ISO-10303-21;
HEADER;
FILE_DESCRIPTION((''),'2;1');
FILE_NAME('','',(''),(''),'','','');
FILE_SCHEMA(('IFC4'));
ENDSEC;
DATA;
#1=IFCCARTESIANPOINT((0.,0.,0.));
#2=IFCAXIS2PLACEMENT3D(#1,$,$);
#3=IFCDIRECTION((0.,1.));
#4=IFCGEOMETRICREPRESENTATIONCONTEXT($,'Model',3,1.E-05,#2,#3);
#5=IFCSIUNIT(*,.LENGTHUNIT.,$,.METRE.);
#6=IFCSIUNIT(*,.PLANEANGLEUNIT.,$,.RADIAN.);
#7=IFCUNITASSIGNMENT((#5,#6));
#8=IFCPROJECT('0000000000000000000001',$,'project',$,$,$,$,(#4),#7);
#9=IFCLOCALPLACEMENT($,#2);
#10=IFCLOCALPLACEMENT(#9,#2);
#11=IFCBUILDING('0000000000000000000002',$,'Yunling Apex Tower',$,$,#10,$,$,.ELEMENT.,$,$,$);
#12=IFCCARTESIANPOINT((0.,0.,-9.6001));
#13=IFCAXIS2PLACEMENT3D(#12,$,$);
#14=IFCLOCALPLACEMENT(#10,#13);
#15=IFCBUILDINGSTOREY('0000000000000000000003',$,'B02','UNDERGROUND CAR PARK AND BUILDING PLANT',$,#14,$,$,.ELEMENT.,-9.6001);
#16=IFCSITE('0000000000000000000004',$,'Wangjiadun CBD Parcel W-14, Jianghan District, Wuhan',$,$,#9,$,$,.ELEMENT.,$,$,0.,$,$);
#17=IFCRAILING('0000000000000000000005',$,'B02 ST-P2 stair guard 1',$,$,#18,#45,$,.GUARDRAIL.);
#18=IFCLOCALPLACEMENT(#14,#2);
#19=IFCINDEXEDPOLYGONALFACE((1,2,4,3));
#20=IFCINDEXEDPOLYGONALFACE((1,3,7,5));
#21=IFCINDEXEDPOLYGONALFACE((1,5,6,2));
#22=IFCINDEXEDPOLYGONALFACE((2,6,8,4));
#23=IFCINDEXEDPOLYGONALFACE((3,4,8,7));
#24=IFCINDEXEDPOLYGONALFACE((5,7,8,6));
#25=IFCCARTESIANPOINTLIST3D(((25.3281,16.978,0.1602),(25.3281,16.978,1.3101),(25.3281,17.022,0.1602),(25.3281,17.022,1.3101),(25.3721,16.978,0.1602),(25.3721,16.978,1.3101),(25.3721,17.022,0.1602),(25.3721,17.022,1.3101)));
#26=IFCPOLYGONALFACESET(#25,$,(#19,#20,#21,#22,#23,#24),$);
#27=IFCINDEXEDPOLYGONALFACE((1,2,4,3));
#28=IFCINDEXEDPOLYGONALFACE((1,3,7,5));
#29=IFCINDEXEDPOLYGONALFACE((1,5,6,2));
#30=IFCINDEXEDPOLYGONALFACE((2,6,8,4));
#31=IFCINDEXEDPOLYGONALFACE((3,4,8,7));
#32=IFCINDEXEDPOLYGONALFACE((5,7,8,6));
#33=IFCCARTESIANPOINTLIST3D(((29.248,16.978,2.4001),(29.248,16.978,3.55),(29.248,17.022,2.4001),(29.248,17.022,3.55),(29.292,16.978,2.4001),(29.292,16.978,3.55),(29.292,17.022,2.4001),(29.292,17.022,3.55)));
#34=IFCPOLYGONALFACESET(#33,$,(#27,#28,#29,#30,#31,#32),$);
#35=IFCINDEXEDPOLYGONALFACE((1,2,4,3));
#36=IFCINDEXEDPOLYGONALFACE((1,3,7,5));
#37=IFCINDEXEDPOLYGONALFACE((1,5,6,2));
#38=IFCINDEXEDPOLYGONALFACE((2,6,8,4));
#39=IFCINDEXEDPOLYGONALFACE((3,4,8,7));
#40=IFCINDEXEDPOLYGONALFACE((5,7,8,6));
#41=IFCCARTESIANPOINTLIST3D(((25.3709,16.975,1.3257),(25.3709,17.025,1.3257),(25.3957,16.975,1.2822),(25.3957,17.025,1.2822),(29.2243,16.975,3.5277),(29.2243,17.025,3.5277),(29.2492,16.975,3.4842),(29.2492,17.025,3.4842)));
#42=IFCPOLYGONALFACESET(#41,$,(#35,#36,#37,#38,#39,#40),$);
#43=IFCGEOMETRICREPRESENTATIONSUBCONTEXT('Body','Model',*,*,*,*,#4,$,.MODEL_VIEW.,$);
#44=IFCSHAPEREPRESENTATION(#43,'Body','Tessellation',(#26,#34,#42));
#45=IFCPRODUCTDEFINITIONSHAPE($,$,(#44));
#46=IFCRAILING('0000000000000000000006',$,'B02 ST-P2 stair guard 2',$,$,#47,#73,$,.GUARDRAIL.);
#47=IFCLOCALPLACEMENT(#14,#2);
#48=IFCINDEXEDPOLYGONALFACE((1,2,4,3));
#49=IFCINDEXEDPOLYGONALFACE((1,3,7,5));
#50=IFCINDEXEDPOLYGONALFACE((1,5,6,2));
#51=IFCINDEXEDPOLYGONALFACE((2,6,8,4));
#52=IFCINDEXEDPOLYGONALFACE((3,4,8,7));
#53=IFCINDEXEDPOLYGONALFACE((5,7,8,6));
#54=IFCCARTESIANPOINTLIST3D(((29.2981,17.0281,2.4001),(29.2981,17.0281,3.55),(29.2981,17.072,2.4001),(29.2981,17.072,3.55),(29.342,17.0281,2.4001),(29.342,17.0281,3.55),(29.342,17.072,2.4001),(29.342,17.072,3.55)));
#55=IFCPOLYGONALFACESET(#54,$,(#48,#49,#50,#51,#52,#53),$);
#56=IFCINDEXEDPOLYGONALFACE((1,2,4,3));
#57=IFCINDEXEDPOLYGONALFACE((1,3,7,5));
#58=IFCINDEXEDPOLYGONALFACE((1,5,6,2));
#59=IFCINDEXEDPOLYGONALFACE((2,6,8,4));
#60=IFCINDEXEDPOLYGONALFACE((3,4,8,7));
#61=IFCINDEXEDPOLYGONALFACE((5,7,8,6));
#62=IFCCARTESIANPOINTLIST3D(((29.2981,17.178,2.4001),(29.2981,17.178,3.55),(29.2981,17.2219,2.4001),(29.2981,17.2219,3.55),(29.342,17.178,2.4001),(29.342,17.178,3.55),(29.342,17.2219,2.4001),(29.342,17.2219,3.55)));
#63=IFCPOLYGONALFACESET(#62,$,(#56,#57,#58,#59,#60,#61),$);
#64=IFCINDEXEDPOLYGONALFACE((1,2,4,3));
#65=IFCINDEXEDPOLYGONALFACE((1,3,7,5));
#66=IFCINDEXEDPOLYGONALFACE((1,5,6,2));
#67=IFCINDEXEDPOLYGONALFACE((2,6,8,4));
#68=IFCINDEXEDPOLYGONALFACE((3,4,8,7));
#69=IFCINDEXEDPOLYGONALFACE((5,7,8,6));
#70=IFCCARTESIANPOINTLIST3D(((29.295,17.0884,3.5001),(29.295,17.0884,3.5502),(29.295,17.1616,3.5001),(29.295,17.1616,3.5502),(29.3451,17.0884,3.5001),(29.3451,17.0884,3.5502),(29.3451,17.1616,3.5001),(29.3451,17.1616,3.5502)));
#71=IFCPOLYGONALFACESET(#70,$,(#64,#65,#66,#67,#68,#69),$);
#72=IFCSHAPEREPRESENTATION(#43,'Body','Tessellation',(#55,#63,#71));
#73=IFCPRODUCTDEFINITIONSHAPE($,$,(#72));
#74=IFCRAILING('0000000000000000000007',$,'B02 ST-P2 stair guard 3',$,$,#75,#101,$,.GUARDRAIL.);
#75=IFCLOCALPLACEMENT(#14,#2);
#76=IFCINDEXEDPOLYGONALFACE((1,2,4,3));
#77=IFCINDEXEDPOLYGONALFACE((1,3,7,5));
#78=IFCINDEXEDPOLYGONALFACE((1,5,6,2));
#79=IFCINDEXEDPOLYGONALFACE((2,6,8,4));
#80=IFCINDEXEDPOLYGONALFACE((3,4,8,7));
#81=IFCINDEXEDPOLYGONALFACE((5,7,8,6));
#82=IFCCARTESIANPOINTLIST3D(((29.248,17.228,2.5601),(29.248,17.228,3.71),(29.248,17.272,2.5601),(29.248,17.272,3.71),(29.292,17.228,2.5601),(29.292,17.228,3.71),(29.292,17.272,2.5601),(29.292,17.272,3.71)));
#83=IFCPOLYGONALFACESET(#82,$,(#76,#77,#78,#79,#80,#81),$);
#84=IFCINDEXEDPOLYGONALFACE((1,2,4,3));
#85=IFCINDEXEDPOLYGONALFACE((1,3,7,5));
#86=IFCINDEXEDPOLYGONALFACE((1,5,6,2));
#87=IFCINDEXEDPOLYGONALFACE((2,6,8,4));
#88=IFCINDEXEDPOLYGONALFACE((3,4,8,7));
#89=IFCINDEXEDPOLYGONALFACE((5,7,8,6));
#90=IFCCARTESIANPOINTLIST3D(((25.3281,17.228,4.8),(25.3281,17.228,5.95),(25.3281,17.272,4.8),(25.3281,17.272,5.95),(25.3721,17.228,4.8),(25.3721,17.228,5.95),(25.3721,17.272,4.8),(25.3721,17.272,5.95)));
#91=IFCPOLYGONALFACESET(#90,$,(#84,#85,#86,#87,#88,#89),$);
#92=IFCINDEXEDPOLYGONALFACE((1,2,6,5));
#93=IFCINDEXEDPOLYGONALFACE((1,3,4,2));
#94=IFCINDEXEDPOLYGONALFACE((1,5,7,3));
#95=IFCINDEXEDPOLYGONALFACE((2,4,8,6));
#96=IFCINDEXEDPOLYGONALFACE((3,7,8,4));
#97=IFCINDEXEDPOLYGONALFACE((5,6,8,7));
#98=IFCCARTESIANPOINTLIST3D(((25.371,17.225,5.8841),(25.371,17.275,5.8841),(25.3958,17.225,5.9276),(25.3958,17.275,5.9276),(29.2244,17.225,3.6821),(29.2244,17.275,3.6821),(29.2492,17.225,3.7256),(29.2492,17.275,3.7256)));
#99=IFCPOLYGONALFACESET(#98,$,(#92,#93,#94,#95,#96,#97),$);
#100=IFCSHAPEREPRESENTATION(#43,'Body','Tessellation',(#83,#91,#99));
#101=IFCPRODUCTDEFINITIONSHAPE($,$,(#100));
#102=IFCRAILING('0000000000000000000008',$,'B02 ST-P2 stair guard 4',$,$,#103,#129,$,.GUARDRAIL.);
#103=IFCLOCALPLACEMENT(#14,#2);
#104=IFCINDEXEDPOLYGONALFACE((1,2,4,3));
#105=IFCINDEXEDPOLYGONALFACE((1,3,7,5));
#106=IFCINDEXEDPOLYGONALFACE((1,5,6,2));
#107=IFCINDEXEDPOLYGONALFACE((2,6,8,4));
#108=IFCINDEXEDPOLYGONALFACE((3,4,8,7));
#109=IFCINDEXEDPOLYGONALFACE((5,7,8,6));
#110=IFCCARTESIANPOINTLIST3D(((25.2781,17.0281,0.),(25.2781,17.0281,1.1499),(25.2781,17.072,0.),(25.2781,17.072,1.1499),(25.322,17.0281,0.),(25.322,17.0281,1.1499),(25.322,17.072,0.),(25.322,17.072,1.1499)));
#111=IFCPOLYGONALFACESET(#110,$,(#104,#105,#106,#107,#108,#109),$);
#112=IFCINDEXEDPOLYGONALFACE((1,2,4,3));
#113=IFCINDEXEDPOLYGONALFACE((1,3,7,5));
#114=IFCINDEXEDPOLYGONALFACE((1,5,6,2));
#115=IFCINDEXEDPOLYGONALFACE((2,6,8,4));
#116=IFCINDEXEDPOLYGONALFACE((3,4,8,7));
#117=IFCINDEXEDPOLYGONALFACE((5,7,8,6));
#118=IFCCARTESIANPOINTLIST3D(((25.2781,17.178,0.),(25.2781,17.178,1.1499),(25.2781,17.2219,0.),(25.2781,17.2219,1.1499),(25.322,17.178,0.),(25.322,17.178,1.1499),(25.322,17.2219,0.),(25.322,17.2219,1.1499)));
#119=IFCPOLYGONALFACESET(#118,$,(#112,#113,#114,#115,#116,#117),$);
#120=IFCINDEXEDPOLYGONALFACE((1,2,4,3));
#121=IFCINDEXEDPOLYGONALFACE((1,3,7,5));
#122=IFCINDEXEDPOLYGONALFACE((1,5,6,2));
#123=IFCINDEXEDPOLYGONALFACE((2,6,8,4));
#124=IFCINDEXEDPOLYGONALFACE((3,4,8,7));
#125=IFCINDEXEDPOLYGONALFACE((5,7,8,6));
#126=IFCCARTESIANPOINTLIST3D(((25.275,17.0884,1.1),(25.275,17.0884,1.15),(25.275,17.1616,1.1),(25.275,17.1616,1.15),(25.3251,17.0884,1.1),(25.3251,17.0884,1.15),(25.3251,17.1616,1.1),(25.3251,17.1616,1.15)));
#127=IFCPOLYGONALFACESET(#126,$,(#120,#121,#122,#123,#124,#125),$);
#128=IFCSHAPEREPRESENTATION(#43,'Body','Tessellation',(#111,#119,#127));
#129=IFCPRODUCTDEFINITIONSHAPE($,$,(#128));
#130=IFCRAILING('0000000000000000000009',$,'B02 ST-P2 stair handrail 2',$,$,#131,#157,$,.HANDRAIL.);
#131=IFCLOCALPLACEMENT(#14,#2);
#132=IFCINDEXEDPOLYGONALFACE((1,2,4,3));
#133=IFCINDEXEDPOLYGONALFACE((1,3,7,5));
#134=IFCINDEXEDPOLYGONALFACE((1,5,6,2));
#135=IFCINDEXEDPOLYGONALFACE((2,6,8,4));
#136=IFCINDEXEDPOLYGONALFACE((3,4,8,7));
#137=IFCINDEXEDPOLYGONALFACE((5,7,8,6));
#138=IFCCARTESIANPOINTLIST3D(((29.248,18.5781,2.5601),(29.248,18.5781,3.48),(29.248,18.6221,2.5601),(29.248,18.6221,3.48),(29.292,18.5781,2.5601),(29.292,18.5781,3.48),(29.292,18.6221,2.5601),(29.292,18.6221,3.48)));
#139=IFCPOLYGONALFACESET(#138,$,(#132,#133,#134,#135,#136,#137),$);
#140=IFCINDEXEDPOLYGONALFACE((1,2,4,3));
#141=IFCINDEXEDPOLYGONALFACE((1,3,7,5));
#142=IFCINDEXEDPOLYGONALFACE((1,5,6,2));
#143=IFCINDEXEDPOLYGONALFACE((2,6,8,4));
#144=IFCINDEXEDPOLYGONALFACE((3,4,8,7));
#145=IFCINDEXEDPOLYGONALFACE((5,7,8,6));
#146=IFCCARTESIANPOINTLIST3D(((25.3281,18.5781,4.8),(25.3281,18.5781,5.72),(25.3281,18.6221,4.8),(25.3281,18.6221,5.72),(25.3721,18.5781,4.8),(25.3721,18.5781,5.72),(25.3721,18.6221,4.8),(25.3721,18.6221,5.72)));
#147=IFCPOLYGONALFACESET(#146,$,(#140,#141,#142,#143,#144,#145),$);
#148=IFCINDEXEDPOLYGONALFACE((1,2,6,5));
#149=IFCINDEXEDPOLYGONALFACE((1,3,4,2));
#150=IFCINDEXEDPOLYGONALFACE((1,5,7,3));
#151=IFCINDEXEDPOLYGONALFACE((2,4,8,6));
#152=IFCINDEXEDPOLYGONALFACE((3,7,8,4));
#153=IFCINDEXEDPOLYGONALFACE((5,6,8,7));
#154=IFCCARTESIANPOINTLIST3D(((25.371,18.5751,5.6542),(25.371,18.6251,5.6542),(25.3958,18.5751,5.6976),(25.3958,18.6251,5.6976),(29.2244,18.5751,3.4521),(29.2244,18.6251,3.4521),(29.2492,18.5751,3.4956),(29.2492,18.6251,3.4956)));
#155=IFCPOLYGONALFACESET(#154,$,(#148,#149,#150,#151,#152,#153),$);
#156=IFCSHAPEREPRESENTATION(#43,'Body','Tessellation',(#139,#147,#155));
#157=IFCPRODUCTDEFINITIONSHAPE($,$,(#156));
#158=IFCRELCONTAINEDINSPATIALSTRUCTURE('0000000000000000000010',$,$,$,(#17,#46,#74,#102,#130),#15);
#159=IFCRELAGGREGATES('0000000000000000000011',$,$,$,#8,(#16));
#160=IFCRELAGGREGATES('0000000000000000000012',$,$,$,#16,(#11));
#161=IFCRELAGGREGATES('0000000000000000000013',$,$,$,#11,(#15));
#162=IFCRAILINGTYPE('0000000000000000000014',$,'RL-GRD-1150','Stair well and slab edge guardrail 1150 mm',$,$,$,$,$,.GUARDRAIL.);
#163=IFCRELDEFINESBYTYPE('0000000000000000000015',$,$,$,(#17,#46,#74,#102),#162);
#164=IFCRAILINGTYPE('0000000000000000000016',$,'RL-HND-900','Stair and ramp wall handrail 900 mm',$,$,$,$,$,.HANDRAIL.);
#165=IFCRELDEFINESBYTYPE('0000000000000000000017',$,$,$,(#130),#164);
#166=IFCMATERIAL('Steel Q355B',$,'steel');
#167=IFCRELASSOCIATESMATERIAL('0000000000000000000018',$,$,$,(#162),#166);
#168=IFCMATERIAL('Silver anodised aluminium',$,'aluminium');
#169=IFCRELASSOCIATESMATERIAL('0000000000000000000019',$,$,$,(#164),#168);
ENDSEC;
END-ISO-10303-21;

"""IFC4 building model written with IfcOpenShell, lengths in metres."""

from ifc_helpers import new_model, si_unit, direction, frame, origin, origin_2d, place, context, subcontext, project, spatial, rectangle, extrude, material, type_object, element, save


model = new_model("IFC4")

# Units and contexts
model_context = context("Model", 3, precision=1e-05, world=origin(), true_north=direction((0.0, 1.0)))
body_context = subcontext(model_context, "Body", "Model", "MODEL_VIEW")
ifc_project = project(units=[si_unit("LENGTHUNIT", "METRE"), si_unit("PLANEANGLEUNIT", "RADIAN")], contexts=[model_context])

# Site, building, storey
site_placement = place(None, origin())
site = spatial("IfcSite", under=ifc_project, at=site_placement, Name="Wangjiadun CBD Parcel W-14, Jianghan District, Wuhan", CompositionType="ELEMENT", RefElevation=0.0)
building_placement = place(site_placement, origin())
building = spatial("IfcBuilding", under=site, at=building_placement, Name="Yunling Apex Tower", CompositionType="ELEMENT")
storey_placement = place(building_placement, frame((0.0, 0.0, -9.6001)))
storey = spatial("IfcBuildingStorey", under=building, at=storey_placement, Name="B02", Description="UNDERGROUND CAR PARK AND BUILDING PLANT", CompositionType="ELEMENT", Elevation=-9.6001)

# Shared definitions
ifc_material_1 = material(Name="Steel Q355B", Category="steel")

# Railings
railing_type_1 = type_object("IfcRailingType", Name="RL-GRD-1150", Description="Stair well and slab edge guardrail 1150 mm", PredefinedType="GUARDRAIL", material=ifc_material_1)
railing_1_placement = place(storey_placement, frame((25.3501, 17.0, 0.1602)))
element("IfcRailing", 1, at=railing_1_placement, inside=storey, type_object=railing_type_1, Name="B02 ST-P2 stair guard 1", PredefinedType="GUARDRAIL", context=body_context, shape_type="SweptSolid", body=[
    extrude(rectangle(XDim=0.0439, YDim=0.0439, at=origin_2d()), origin(), (0.0, 0.0, 1.0), 1.1499),
    extrude(rectangle(XDim=0.0439, YDim=0.0439, at=origin_2d()), frame((3.9199, 0.0, 2.24)), (0.0, 0.0, 1.0), 1.1499),
    extrude(rectangle(XDim=0.05, YDim=0.05, at=origin_2d()), frame((0.0332, 0.0, 1.1438), z_axis=(0.86824, 0.0, 0.496145), x_axis=(0.0, 1.0, 0.0)), (0.0, 0.0, 1.0), 4.4382),
])
railing_2_placement = place(storey_placement, frame((29.3201, 17.05, 2.4001)))
element("IfcRailing", 2, at=railing_2_placement, inside=storey, type_object=railing_type_1, Name="B02 ST-P2 stair guard 2", PredefinedType="GUARDRAIL", context=body_context, shape_type="SweptSolid", body=[
    extrude(rectangle(XDim=0.0439, YDim=0.0439, at=origin_2d()), origin(), (0.0, 0.0, 1.0), 1.1499),
    extrude(rectangle(XDim=0.0439, YDim=0.0439, at=origin_2d()), frame((0.0, 0.1499, 0.0)), (0.0, 0.0, 1.0), 1.1499),
    extrude(rectangle(XDim=0.05, YDim=0.05, at=origin_2d()), frame((0.0, 0.0383, 1.125), z_axis=(0.0, 1.0, 0.0), x_axis=(-1.0, 0.0, 0.0)), (0.0, 0.0, 1.0), 0.0732),
])
railing_3_placement = place(storey_placement, frame((29.27, 17.25, 2.5601)))
element("IfcRailing", 3, at=railing_3_placement, inside=storey, type_object=railing_type_1, Name="B02 ST-P2 stair guard 3", PredefinedType="GUARDRAIL", context=body_context, shape_type="SweptSolid", body=[
    extrude(rectangle(XDim=0.0439, YDim=0.0439, at=origin_2d()), origin(), (0.0, 0.0, 1.0), 1.1499),
    extrude(rectangle(XDim=0.0439, YDim=0.0439, at=origin_2d()), frame((-3.9199, 0.0, 2.24)), (0.0, 0.0, 1.0), 1.1499),
    extrude(rectangle(XDim=0.05, YDim=0.05, at=origin_2d()), frame((-0.0332, 0.0, 1.1438), z_axis=(-0.86824, 0.0, 0.496145), x_axis=(0.0, -1.0, 0.0)), (0.0, 0.0, 1.0), 4.4382),
])
railing_4_placement = place(storey_placement, frame((25.3, 17.05, 0.0)))
element("IfcRailing", 4, at=railing_4_placement, inside=storey, type_object=railing_type_1, Name="B02 ST-P2 stair guard 4", PredefinedType="GUARDRAIL", context=body_context, shape_type="SweptSolid", body=[
    extrude(rectangle(XDim=0.0439, YDim=0.0439, at=origin_2d()), origin(), (0.0, 0.0, 1.0), 1.1499),
    extrude(rectangle(XDim=0.0439, YDim=0.0439, at=origin_2d()), frame((0.0, 0.1499, 0.0)), (0.0, 0.0, 1.0), 1.1499),
    extrude(rectangle(XDim=0.05, YDim=0.05, at=origin_2d()), frame((0.0, 0.0383, 1.125), z_axis=(0.0, 1.0, 0.0), x_axis=(-1.0, 0.0, 0.0)), (0.0, 0.0, 1.0), 0.0732),
])
ifc_material_2 = material(Name="Silver anodised aluminium", Category="aluminium")
railing_type_2 = type_object("IfcRailingType", Name="RL-HND-900", Description="Stair and ramp wall handrail 900 mm", PredefinedType="HANDRAIL", material=ifc_material_2)
railing_5_placement = place(storey_placement, frame((29.27, 18.6001, 2.5601)))
element("IfcRailing", 5, at=railing_5_placement, inside=storey, type_object=railing_type_2, Name="B02 ST-P2 stair handrail 2", PredefinedType="HANDRAIL", context=body_context, shape_type="SweptSolid", body=[
    extrude(rectangle(XDim=0.0439, YDim=0.0439, at=origin_2d()), origin(), (0.0, 0.0, 1.0), 0.9199),
    extrude(rectangle(XDim=0.0439, YDim=0.0439, at=origin_2d()), frame((-3.9199, 0.0, 2.24)), (0.0, 0.0, 1.0), 0.9199),
    extrude(rectangle(XDim=0.05, YDim=0.05, at=origin_2d()), frame((-0.0332, 0.0, 0.9138), z_axis=(-0.86824, 0.0, 0.496145), x_axis=(0.0, -1.0, 0.0)), (0.0, 0.0, 1.0), 4.4382),
])

save(model, "model.ifc")
